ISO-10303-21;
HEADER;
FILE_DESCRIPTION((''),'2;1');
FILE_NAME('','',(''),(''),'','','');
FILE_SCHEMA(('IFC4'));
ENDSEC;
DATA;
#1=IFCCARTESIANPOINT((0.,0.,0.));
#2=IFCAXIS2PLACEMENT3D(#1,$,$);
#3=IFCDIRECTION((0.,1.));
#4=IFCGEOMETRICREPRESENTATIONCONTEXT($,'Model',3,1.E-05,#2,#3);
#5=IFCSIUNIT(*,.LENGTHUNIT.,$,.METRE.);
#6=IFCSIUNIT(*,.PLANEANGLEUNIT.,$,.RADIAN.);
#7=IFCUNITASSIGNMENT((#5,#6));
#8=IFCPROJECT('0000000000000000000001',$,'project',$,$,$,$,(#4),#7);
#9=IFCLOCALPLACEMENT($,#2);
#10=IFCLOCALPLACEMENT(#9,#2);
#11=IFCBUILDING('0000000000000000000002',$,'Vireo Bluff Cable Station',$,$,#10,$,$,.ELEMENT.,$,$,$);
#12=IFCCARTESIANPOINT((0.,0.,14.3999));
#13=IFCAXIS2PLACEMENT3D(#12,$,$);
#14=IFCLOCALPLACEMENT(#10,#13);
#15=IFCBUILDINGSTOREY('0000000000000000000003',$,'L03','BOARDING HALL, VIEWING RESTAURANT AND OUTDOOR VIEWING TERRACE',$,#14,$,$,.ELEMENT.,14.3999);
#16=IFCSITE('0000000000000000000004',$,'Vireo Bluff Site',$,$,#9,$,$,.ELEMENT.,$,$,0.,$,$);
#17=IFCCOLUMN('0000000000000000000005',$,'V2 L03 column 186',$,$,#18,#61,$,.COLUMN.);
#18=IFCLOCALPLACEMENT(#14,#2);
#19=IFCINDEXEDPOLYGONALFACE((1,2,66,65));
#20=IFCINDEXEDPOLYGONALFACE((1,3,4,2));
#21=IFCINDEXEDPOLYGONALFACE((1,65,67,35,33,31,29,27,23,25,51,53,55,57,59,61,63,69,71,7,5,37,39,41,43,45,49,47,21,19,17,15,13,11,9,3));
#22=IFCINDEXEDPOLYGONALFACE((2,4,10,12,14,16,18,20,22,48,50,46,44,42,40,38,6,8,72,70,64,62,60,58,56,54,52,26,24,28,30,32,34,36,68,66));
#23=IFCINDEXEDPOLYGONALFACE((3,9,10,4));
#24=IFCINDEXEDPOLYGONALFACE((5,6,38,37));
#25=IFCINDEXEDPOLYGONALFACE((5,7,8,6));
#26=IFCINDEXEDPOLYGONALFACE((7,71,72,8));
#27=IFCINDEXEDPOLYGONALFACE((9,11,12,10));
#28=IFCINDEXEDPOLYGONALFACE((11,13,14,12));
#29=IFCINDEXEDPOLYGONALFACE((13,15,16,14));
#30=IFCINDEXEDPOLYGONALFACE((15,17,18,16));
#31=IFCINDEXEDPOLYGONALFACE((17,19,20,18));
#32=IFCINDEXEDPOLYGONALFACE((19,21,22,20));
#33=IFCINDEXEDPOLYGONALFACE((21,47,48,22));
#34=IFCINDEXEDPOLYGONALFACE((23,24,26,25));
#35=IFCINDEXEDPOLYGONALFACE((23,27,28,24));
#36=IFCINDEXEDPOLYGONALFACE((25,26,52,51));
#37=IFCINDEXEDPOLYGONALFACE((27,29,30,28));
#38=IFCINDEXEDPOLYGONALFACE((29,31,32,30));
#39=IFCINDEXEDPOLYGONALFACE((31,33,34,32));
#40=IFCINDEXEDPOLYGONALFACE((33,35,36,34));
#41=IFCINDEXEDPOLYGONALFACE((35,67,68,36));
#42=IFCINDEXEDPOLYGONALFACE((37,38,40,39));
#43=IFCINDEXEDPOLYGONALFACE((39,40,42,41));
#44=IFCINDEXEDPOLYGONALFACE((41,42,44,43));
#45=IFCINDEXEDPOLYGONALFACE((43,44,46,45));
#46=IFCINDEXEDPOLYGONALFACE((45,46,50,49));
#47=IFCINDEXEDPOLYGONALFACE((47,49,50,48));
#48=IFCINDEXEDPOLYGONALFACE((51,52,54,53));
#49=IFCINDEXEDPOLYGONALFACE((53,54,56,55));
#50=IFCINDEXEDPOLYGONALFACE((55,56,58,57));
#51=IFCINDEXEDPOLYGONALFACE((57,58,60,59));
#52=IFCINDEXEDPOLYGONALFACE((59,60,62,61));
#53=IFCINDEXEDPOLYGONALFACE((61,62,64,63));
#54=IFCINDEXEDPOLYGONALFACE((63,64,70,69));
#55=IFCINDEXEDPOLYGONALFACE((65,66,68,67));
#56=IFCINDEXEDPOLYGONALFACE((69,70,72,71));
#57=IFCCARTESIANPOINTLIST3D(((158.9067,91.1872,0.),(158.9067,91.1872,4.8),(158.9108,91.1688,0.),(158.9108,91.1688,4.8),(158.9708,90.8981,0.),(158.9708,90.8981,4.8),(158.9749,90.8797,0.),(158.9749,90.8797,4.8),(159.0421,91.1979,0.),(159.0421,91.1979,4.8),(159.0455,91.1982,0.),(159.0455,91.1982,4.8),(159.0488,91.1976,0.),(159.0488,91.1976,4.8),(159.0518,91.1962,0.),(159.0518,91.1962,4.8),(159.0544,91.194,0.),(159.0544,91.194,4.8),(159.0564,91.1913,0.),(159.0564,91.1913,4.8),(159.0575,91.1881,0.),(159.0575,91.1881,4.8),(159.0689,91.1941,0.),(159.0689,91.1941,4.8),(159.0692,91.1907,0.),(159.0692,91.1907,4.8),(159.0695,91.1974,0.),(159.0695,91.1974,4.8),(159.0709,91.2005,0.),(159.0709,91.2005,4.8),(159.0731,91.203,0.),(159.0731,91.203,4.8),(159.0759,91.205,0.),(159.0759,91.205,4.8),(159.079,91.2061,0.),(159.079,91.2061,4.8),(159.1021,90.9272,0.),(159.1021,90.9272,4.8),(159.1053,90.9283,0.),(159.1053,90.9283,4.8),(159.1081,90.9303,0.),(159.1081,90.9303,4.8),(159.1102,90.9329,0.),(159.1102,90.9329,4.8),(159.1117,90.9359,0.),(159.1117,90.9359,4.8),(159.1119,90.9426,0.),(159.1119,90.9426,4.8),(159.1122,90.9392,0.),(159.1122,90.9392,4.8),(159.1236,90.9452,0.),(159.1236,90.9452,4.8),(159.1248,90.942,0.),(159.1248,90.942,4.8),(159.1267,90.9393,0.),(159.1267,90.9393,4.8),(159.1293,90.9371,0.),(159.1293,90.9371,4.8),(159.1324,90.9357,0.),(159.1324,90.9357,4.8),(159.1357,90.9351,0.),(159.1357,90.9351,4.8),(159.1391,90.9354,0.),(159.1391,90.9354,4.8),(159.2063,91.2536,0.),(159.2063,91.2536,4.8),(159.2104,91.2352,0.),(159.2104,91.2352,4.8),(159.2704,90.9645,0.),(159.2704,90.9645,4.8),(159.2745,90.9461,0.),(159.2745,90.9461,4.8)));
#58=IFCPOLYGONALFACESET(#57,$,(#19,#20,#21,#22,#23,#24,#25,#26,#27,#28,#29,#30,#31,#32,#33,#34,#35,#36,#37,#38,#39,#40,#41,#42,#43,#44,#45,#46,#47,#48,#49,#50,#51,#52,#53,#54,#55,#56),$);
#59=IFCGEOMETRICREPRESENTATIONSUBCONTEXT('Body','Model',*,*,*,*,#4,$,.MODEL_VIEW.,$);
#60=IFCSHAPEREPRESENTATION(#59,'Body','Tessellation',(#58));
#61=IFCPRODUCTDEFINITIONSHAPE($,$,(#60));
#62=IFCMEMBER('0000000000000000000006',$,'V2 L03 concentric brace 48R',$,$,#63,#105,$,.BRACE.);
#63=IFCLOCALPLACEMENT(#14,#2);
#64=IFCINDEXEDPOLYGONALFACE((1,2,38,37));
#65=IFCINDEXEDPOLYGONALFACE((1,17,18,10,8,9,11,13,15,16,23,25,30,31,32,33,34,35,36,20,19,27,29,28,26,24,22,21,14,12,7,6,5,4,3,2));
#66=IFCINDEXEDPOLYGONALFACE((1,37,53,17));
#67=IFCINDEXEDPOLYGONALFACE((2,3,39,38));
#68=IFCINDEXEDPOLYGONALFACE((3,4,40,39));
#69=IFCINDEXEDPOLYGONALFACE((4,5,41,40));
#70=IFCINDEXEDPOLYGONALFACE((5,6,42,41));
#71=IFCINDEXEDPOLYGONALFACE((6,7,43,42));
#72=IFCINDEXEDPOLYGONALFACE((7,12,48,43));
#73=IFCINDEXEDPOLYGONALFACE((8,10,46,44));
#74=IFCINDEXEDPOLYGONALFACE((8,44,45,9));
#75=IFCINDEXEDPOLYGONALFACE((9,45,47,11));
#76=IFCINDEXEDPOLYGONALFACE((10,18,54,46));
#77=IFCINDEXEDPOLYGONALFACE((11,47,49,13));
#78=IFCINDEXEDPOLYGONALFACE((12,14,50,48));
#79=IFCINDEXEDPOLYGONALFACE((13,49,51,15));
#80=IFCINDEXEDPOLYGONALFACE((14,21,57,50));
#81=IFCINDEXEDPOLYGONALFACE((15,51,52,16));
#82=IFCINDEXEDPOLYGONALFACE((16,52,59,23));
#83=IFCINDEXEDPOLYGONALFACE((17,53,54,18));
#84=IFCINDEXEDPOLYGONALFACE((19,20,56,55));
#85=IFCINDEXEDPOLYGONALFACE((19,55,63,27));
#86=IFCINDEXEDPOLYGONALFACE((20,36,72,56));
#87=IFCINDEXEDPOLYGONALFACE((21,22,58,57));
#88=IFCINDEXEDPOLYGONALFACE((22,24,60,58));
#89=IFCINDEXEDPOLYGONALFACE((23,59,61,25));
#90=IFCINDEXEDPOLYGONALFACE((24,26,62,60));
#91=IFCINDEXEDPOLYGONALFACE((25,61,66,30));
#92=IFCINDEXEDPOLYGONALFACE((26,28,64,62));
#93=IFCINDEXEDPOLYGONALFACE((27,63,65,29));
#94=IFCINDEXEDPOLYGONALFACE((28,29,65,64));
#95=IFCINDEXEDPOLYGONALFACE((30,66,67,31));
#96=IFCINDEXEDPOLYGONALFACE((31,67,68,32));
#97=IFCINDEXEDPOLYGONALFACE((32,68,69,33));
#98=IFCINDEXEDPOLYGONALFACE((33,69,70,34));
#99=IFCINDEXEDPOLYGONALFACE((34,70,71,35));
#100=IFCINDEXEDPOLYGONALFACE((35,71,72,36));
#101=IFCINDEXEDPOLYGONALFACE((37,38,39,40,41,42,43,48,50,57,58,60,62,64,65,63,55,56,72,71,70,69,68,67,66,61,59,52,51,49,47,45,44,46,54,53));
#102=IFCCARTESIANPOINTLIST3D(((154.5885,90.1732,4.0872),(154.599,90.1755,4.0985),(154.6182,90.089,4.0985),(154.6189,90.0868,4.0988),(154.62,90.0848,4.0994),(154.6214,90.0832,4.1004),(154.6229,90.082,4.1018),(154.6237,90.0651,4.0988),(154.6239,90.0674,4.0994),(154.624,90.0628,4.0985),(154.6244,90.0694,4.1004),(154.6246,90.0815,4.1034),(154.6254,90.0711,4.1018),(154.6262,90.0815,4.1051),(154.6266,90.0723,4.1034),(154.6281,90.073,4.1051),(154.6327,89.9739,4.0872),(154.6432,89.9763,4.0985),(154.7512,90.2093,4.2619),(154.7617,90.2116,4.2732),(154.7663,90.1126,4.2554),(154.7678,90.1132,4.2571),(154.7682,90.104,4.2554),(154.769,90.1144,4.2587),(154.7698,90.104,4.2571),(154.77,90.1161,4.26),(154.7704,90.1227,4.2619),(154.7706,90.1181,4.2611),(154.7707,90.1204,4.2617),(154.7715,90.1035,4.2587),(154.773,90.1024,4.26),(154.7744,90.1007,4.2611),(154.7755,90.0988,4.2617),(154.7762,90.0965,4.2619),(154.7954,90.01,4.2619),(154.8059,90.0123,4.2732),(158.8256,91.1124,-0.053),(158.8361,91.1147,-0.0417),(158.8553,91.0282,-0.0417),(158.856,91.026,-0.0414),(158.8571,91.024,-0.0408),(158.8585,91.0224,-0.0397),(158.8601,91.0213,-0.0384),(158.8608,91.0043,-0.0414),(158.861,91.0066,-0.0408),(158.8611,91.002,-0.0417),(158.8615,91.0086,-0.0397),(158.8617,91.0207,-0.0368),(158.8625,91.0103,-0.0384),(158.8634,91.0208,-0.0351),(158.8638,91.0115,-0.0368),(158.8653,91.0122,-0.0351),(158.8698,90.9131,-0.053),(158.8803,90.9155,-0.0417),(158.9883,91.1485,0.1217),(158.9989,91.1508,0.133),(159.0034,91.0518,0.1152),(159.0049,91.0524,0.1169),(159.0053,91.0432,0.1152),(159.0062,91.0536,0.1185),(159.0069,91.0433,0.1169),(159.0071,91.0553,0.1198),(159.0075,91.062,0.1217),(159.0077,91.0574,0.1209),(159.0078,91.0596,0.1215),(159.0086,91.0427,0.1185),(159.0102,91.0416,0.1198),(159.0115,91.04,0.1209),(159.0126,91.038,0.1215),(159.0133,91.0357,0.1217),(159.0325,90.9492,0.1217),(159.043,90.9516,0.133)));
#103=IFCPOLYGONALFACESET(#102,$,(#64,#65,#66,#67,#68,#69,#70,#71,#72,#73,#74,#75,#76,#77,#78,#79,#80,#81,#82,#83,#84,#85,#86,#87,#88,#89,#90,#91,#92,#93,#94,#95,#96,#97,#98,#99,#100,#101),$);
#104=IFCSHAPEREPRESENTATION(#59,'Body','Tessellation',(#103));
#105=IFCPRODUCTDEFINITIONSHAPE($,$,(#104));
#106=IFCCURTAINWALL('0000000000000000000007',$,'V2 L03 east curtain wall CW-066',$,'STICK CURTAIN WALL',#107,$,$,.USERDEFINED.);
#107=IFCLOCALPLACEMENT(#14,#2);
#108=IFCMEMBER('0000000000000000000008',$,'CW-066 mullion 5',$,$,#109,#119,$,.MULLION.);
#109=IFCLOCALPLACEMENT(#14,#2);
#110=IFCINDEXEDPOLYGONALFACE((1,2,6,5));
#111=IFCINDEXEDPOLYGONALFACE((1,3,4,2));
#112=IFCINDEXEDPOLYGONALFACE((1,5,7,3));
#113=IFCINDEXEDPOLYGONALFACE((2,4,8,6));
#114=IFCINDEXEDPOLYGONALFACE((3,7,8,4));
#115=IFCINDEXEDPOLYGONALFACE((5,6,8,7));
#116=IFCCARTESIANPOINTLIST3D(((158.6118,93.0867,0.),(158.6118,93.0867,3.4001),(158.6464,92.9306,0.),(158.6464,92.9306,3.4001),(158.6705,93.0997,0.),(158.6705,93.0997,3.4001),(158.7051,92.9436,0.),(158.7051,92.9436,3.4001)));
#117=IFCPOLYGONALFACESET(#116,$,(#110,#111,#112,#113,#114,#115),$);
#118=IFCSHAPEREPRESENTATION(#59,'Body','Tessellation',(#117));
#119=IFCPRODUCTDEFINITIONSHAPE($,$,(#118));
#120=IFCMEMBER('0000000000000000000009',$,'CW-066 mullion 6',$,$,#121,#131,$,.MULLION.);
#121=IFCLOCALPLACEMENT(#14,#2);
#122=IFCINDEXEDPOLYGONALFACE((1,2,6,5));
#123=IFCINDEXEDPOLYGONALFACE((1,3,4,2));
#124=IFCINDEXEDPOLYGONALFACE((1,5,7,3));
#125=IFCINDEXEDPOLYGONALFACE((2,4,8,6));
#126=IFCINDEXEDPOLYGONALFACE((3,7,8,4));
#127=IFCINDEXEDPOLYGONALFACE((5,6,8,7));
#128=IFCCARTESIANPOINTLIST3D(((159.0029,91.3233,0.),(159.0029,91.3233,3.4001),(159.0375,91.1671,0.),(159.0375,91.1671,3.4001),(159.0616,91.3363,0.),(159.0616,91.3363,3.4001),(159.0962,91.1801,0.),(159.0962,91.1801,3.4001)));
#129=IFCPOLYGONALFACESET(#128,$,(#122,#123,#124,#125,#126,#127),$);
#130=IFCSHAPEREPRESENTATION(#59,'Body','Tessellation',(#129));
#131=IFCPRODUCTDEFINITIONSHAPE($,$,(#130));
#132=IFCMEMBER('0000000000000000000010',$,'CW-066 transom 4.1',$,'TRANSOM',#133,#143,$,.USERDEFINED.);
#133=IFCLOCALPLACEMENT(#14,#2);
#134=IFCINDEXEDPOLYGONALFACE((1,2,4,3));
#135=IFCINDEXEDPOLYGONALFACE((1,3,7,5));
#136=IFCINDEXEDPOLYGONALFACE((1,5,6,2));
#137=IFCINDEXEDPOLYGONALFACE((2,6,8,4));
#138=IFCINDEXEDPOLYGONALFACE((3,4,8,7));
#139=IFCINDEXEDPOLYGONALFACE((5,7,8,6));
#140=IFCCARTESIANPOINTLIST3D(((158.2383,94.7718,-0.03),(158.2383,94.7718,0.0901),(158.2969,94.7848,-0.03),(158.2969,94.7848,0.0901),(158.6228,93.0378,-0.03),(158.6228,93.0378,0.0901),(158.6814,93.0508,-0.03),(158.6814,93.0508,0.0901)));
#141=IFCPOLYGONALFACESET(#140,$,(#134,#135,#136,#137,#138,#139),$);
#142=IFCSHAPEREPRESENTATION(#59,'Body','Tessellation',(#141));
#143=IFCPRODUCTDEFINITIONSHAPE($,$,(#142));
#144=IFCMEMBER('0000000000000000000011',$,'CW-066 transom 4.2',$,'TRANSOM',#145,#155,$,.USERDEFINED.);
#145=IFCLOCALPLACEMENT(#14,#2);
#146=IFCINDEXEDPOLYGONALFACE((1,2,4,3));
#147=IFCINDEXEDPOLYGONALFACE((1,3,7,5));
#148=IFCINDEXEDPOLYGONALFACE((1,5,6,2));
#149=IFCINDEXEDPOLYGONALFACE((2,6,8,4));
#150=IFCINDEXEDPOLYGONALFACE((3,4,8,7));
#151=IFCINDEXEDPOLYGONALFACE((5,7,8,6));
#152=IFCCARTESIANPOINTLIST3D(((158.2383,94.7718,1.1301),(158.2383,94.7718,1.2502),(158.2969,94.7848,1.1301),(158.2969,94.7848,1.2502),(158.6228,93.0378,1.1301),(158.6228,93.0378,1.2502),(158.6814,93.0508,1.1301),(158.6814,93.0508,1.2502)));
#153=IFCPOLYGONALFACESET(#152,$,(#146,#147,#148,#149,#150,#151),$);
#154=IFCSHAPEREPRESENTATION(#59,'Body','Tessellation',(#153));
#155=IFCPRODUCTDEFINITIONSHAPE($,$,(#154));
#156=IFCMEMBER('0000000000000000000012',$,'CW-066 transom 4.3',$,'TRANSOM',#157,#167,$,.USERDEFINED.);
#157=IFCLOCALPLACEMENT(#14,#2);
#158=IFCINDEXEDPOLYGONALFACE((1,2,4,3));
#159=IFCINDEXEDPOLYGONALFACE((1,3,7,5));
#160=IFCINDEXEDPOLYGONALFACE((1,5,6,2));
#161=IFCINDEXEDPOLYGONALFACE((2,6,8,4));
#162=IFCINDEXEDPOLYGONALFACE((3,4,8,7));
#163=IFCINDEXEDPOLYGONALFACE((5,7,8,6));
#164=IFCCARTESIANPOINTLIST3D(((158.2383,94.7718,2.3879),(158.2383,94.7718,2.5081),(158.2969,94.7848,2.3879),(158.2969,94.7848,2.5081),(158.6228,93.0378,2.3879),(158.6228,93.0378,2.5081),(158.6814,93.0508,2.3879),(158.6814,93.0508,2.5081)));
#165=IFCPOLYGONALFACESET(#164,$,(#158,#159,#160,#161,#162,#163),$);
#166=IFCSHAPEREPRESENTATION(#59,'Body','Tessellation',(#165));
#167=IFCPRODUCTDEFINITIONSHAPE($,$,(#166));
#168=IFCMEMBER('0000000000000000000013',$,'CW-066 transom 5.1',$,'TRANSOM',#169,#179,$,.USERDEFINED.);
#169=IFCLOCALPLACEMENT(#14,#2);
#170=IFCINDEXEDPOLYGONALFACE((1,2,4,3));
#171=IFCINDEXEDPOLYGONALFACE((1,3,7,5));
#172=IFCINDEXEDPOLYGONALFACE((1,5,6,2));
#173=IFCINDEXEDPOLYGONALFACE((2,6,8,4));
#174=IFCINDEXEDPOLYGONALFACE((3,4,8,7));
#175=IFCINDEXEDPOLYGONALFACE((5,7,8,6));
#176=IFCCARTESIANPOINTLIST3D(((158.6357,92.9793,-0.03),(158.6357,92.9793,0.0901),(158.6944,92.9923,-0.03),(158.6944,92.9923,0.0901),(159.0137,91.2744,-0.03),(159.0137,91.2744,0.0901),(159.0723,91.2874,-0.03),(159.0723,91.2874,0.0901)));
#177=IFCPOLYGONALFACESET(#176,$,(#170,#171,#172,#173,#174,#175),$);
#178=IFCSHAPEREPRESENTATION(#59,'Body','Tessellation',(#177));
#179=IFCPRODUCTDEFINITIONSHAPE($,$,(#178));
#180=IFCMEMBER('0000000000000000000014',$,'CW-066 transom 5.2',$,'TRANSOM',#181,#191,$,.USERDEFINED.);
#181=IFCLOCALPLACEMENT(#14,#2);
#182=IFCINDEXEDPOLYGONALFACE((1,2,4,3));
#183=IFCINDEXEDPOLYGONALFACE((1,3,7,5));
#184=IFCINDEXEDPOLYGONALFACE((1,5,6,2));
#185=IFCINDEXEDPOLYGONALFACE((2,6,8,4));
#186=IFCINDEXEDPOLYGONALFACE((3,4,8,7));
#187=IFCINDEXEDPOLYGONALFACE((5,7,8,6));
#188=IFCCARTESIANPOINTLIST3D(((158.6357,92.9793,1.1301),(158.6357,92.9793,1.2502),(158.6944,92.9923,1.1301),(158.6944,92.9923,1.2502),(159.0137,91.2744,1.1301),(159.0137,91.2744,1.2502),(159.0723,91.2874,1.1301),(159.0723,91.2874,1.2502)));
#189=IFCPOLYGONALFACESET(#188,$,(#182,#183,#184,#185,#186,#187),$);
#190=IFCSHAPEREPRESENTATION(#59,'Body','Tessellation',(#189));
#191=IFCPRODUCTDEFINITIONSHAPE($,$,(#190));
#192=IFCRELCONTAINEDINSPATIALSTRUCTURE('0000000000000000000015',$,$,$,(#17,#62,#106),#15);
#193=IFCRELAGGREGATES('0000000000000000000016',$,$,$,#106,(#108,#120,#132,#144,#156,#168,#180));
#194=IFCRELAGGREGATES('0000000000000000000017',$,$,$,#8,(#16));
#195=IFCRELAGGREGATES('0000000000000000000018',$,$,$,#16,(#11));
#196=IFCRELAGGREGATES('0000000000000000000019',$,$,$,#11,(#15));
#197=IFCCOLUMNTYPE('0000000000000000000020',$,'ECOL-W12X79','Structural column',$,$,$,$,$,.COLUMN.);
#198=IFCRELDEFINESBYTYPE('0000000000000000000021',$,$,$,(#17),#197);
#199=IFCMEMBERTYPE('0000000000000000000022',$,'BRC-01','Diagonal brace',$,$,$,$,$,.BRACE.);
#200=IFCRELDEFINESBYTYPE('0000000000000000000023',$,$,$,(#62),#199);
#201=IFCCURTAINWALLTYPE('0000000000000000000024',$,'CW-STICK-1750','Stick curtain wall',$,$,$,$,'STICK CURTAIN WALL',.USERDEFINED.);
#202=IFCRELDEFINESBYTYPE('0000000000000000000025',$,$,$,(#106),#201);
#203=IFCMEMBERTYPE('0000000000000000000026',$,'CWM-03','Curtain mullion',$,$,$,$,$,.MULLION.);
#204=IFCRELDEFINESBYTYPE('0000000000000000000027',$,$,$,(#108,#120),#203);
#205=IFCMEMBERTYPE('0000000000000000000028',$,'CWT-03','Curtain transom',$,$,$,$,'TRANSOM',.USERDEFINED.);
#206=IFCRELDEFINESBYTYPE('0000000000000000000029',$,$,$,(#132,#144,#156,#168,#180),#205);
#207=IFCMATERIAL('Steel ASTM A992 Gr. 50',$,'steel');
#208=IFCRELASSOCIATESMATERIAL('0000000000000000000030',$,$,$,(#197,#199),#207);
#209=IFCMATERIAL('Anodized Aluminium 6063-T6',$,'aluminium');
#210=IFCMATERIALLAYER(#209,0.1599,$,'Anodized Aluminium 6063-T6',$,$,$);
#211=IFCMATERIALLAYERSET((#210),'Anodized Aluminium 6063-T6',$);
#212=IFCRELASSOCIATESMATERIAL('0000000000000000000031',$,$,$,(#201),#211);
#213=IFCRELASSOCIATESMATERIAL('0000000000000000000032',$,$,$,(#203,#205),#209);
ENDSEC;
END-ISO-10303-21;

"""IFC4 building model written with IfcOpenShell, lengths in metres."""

from ifc_helpers import new_model, si_unit, direction, frame, origin, origin_2d, place, context, subcontext, project, spatial, rectangle, i_section, extrude, material, layer, layer_set, material_profile, profile_set, type_object, element, aggregate, save


model = new_model("IFC4")

# Units and contexts
model_context = context("Model", 3, precision=1e-05, world=origin(), true_north=direction((0.0, 1.0)))
body_context = subcontext(model_context, "Body", "Model", "MODEL_VIEW")
ifc_project = project(units=[si_unit("LENGTHUNIT", "METRE"), si_unit("PLANEANGLEUNIT", "RADIAN")], contexts=[model_context])

# Site, building, storey
site_placement = place(None, origin())
site = spatial("IfcSite", under=ifc_project, at=site_placement, Name="Vireo Bluff Site", CompositionType="ELEMENT", RefElevation=0.0)
building_placement = place(site_placement, origin())
building = spatial("IfcBuilding", under=site, at=building_placement, Name="Vireo Bluff Cable Station", CompositionType="ELEMENT")
storey_placement = place(building_placement, frame((0.0, 0.0, 14.3999)))
storey = spatial("IfcBuildingStorey", under=building, at=storey_placement, Name="L03", Description="BOARDING HALL, VIEWING RESTAURANT AND OUTDOOR VIEWING TERRACE", CompositionType="ELEMENT", Elevation=14.3999)

# Column
ifc_material_1 = material(Name="Steel ASTM A992 Gr. 50", Category="steel")
ifc_material_profile_1 = material_profile(ifc_material_1, i_section(OverallWidth=0.3069, OverallDepth=0.3149, WebThickness=0.012, FlangeThickness=0.0188, FilletRadius=0.0129, at=origin_2d()), Name="W12X79")
ifc_profile_set_1 = profile_set([ifc_material_profile_1], Name="Steel ASTM A992 Gr. 50")
column_type = type_object("IfcColumnType", Name="ECOL-W12X79", Description="Structural column", PredefinedType="COLUMN", material=ifc_profile_set_1)
column_placement = place(storey_placement, frame((159.0906, 91.0667, 0.0), z_axis=(0.0, 0.0, 1.0), x_axis=(0.976296, 0.21644, 0.0)))
element("IfcColumn", 1, at=column_placement, inside=storey, type_object=column_type, Name="V2 L03 column 186", PredefinedType="COLUMN", context=body_context, shape_type="SweptSolid", body=[
    extrude(i_section(OverallWidth=0.3069, OverallDepth=0.3149, WebThickness=0.012, FlangeThickness=0.0188, FilletRadius=0.0129, at=origin_2d()), origin(), (0.0, 0.0, 1.0), 4.8),
])

# Member
ifc_material_profile_2 = material_profile(ifc_material_1, i_section(OverallWidth=0.2041, OverallDepth=0.2571, WebThickness=0.0088, FlangeThickness=0.0156, FilletRadius=0.009, at=origin_2d()), Name="W10X45")
ifc_profile_set_2 = profile_set([ifc_material_profile_2], Name="Steel ASTM A992 Gr. 50")
member_type_1 = type_object("IfcMemberType", Name="BRC-01", Description="Diagonal brace", PredefinedType="BRACE", material=ifc_profile_set_2)
member_1_placement = place(storey_placement, frame((158.9343, 91.032, 0.04), z_axis=(-0.706417, -0.156588, 0.690257), x_axis=(0.216412, -0.976302, 0.0)))
element("IfcMember", 2, at=member_1_placement, inside=storey, type_object=member_type_1, Name="V2 L03 concentric brace 48R", PredefinedType="BRACE", context=body_context, shape_type="SweptSolid", body=[
    extrude(i_section(OverallWidth=0.2041, OverallDepth=0.2571, WebThickness=0.0088, FlangeThickness=0.0156, FilletRadius=0.009, at=origin_2d()), origin(), (0.0, 0.0, 1.0), 5.998),
])

# Curtain wall, members
ifc_material_2 = material(Name="Anodized Aluminium 6063-T6", Category="aluminium")
ifc_layer_1 = layer(ifc_material_2, 0.1599, Name="Anodized Aluminium 6063-T6")
ifc_layer_set_1 = layer_set([ifc_layer_1], Name="Anodized Aluminium 6063-T6")
curtain_wall_type = type_object("IfcCurtainWallType", Name="CW-STICK-1750", Description="Stick curtain wall", ElementType="STICK CURTAIN WALL", PredefinedType="USERDEFINED", material=ifc_layer_set_1)
curtain_wall_placement = place(storey_placement, origin())
curtain_wall = element("IfcCurtainWall", 3, at=curtain_wall_placement, inside=storey, type_object=curtain_wall_type, Name="V2 L03 east curtain wall CW-066", ObjectType="STICK CURTAIN WALL", PredefinedType="USERDEFINED")
ifc_material_profile_3 = material_profile(ifc_material_2, rectangle(XDim=0.0601, YDim=0.1599, at=origin_2d()), Name="ALU-M-60X160")
ifc_profile_set_3 = profile_set([ifc_material_profile_3], Name="Anodized Aluminium 6063-T6")
member_type_2 = type_object("IfcMemberType", Name="CWM-03", Description="Curtain mullion", PredefinedType="MULLION", material=ifc_profile_set_3)
member_2_placement = place(storey_placement, frame((158.6584, 93.0151, 0.0), z_axis=(0.0, 0.0, 1.0), x_axis=(0.976296, 0.21644, 0.0)))
member_2 = element("IfcMember", 4, at=member_2_placement, type_object=member_type_2, Name="CW-066 mullion 5", PredefinedType="MULLION", context=body_context, shape_type="SweptSolid", body=[
    extrude(rectangle(XDim=0.0601, YDim=0.1599, at=origin_2d()), origin(), (0.0, 0.0, 1.0), 3.4001),
])
member_3_placement = place(storey_placement, frame((159.0496, 91.2517, 0.0), z_axis=(0.0, 0.0, 1.0), x_axis=(0.976296, 0.21644, 0.0)))
member_3 = element("IfcMember", 5, at=member_3_placement, type_object=member_type_2, Name="CW-066 mullion 6", PredefinedType="MULLION", context=body_context, shape_type="SweptSolid", body=[
    extrude(rectangle(XDim=0.0601, YDim=0.1599, at=origin_2d()), origin(), (0.0, 0.0, 1.0), 3.4001),
])
ifc_material_profile_4 = material_profile(ifc_material_2, rectangle(XDim=0.0601, YDim=0.1201, at=origin_2d()), Name="ALU-T-60X120")
ifc_profile_set_4 = profile_set([ifc_material_profile_4], Name="Anodized Aluminium 6063-T6")
member_type_3 = type_object("IfcMemberType", Name="CWT-03", Description="Curtain transom", ElementType="TRANSOM", PredefinedType="USERDEFINED", material=ifc_profile_set_4)
member_4_placement = place(storey_placement, frame((158.2676, 94.7783, 0.03), z_axis=(0.216508, -0.976281, 0.0), x_axis=(0.976281, 0.216508, 0.0)))
member_4 = element("IfcMember", 6, at=member_4_placement, type_object=member_type_3, Name="CW-066 transom 4.1", ObjectType="TRANSOM", PredefinedType="USERDEFINED", context=body_context, shape_type="SweptSolid", body=[
    extrude(rectangle(XDim=0.0601, YDim=0.1201, at=origin_2d()), origin(), (0.0, 0.0, 1.0), 1.7761),
])
member_5_placement = place(storey_placement, frame((158.2676, 94.7783, 1.1902), z_axis=(0.216508, -0.976281, 0.0), x_axis=(0.976281, 0.216508, 0.0)))
member_5 = element("IfcMember", 7, at=member_5_placement, type_object=member_type_3, Name="CW-066 transom 4.2", ObjectType="TRANSOM", PredefinedType="USERDEFINED", context=body_context, shape_type="SweptSolid", body=[
    extrude(rectangle(XDim=0.0601, YDim=0.1201, at=origin_2d()), origin(), (0.0, 0.0, 1.0), 1.7761),
])
member_6_placement = place(storey_placement, frame((158.2676, 94.7783, 2.448), z_axis=(0.216508, -0.976281, 0.0), x_axis=(0.976281, 0.216508, 0.0)))
member_6 = element("IfcMember", 8, at=member_6_placement, type_object=member_type_3, Name="CW-066 transom 4.3", ObjectType="TRANSOM", PredefinedType="USERDEFINED", context=body_context, shape_type="SweptSolid", body=[
    extrude(rectangle(XDim=0.0601, YDim=0.1201, at=origin_2d()), origin(), (0.0, 0.0, 1.0), 1.7761),
])
member_7_placement = place(storey_placement, frame((158.665, 92.9858, 0.03), z_axis=(0.216427, -0.976299, 0.0), x_axis=(0.976299, 0.216427, 0.0)))
member_7 = element("IfcMember", 9, at=member_7_placement, type_object=member_type_3, Name="CW-066 transom 5.1", ObjectType="TRANSOM", PredefinedType="USERDEFINED", context=body_context, shape_type="SweptSolid", body=[
    extrude(rectangle(XDim=0.0601, YDim=0.1201, at=origin_2d()), origin(), (0.0, 0.0, 1.0), 1.7463),
])
member_8_placement = place(storey_placement, frame((158.665, 92.9858, 1.1902), z_axis=(0.216427, -0.976299, 0.0), x_axis=(0.976299, 0.216427, 0.0)))
member_8 = element("IfcMember", 10, at=member_8_placement, type_object=member_type_3, Name="CW-066 transom 5.2", ObjectType="TRANSOM", PredefinedType="USERDEFINED", context=body_context, shape_type="SweptSolid", body=[
    extrude(rectangle(XDim=0.0601, YDim=0.1201, at=origin_2d()), origin(), (0.0, 0.0, 1.0), 1.7463),
])

aggregate(curtain_wall, [member_2, member_3, member_4, member_5, member_6, member_7, member_8])

save(model, "model.ifc")
